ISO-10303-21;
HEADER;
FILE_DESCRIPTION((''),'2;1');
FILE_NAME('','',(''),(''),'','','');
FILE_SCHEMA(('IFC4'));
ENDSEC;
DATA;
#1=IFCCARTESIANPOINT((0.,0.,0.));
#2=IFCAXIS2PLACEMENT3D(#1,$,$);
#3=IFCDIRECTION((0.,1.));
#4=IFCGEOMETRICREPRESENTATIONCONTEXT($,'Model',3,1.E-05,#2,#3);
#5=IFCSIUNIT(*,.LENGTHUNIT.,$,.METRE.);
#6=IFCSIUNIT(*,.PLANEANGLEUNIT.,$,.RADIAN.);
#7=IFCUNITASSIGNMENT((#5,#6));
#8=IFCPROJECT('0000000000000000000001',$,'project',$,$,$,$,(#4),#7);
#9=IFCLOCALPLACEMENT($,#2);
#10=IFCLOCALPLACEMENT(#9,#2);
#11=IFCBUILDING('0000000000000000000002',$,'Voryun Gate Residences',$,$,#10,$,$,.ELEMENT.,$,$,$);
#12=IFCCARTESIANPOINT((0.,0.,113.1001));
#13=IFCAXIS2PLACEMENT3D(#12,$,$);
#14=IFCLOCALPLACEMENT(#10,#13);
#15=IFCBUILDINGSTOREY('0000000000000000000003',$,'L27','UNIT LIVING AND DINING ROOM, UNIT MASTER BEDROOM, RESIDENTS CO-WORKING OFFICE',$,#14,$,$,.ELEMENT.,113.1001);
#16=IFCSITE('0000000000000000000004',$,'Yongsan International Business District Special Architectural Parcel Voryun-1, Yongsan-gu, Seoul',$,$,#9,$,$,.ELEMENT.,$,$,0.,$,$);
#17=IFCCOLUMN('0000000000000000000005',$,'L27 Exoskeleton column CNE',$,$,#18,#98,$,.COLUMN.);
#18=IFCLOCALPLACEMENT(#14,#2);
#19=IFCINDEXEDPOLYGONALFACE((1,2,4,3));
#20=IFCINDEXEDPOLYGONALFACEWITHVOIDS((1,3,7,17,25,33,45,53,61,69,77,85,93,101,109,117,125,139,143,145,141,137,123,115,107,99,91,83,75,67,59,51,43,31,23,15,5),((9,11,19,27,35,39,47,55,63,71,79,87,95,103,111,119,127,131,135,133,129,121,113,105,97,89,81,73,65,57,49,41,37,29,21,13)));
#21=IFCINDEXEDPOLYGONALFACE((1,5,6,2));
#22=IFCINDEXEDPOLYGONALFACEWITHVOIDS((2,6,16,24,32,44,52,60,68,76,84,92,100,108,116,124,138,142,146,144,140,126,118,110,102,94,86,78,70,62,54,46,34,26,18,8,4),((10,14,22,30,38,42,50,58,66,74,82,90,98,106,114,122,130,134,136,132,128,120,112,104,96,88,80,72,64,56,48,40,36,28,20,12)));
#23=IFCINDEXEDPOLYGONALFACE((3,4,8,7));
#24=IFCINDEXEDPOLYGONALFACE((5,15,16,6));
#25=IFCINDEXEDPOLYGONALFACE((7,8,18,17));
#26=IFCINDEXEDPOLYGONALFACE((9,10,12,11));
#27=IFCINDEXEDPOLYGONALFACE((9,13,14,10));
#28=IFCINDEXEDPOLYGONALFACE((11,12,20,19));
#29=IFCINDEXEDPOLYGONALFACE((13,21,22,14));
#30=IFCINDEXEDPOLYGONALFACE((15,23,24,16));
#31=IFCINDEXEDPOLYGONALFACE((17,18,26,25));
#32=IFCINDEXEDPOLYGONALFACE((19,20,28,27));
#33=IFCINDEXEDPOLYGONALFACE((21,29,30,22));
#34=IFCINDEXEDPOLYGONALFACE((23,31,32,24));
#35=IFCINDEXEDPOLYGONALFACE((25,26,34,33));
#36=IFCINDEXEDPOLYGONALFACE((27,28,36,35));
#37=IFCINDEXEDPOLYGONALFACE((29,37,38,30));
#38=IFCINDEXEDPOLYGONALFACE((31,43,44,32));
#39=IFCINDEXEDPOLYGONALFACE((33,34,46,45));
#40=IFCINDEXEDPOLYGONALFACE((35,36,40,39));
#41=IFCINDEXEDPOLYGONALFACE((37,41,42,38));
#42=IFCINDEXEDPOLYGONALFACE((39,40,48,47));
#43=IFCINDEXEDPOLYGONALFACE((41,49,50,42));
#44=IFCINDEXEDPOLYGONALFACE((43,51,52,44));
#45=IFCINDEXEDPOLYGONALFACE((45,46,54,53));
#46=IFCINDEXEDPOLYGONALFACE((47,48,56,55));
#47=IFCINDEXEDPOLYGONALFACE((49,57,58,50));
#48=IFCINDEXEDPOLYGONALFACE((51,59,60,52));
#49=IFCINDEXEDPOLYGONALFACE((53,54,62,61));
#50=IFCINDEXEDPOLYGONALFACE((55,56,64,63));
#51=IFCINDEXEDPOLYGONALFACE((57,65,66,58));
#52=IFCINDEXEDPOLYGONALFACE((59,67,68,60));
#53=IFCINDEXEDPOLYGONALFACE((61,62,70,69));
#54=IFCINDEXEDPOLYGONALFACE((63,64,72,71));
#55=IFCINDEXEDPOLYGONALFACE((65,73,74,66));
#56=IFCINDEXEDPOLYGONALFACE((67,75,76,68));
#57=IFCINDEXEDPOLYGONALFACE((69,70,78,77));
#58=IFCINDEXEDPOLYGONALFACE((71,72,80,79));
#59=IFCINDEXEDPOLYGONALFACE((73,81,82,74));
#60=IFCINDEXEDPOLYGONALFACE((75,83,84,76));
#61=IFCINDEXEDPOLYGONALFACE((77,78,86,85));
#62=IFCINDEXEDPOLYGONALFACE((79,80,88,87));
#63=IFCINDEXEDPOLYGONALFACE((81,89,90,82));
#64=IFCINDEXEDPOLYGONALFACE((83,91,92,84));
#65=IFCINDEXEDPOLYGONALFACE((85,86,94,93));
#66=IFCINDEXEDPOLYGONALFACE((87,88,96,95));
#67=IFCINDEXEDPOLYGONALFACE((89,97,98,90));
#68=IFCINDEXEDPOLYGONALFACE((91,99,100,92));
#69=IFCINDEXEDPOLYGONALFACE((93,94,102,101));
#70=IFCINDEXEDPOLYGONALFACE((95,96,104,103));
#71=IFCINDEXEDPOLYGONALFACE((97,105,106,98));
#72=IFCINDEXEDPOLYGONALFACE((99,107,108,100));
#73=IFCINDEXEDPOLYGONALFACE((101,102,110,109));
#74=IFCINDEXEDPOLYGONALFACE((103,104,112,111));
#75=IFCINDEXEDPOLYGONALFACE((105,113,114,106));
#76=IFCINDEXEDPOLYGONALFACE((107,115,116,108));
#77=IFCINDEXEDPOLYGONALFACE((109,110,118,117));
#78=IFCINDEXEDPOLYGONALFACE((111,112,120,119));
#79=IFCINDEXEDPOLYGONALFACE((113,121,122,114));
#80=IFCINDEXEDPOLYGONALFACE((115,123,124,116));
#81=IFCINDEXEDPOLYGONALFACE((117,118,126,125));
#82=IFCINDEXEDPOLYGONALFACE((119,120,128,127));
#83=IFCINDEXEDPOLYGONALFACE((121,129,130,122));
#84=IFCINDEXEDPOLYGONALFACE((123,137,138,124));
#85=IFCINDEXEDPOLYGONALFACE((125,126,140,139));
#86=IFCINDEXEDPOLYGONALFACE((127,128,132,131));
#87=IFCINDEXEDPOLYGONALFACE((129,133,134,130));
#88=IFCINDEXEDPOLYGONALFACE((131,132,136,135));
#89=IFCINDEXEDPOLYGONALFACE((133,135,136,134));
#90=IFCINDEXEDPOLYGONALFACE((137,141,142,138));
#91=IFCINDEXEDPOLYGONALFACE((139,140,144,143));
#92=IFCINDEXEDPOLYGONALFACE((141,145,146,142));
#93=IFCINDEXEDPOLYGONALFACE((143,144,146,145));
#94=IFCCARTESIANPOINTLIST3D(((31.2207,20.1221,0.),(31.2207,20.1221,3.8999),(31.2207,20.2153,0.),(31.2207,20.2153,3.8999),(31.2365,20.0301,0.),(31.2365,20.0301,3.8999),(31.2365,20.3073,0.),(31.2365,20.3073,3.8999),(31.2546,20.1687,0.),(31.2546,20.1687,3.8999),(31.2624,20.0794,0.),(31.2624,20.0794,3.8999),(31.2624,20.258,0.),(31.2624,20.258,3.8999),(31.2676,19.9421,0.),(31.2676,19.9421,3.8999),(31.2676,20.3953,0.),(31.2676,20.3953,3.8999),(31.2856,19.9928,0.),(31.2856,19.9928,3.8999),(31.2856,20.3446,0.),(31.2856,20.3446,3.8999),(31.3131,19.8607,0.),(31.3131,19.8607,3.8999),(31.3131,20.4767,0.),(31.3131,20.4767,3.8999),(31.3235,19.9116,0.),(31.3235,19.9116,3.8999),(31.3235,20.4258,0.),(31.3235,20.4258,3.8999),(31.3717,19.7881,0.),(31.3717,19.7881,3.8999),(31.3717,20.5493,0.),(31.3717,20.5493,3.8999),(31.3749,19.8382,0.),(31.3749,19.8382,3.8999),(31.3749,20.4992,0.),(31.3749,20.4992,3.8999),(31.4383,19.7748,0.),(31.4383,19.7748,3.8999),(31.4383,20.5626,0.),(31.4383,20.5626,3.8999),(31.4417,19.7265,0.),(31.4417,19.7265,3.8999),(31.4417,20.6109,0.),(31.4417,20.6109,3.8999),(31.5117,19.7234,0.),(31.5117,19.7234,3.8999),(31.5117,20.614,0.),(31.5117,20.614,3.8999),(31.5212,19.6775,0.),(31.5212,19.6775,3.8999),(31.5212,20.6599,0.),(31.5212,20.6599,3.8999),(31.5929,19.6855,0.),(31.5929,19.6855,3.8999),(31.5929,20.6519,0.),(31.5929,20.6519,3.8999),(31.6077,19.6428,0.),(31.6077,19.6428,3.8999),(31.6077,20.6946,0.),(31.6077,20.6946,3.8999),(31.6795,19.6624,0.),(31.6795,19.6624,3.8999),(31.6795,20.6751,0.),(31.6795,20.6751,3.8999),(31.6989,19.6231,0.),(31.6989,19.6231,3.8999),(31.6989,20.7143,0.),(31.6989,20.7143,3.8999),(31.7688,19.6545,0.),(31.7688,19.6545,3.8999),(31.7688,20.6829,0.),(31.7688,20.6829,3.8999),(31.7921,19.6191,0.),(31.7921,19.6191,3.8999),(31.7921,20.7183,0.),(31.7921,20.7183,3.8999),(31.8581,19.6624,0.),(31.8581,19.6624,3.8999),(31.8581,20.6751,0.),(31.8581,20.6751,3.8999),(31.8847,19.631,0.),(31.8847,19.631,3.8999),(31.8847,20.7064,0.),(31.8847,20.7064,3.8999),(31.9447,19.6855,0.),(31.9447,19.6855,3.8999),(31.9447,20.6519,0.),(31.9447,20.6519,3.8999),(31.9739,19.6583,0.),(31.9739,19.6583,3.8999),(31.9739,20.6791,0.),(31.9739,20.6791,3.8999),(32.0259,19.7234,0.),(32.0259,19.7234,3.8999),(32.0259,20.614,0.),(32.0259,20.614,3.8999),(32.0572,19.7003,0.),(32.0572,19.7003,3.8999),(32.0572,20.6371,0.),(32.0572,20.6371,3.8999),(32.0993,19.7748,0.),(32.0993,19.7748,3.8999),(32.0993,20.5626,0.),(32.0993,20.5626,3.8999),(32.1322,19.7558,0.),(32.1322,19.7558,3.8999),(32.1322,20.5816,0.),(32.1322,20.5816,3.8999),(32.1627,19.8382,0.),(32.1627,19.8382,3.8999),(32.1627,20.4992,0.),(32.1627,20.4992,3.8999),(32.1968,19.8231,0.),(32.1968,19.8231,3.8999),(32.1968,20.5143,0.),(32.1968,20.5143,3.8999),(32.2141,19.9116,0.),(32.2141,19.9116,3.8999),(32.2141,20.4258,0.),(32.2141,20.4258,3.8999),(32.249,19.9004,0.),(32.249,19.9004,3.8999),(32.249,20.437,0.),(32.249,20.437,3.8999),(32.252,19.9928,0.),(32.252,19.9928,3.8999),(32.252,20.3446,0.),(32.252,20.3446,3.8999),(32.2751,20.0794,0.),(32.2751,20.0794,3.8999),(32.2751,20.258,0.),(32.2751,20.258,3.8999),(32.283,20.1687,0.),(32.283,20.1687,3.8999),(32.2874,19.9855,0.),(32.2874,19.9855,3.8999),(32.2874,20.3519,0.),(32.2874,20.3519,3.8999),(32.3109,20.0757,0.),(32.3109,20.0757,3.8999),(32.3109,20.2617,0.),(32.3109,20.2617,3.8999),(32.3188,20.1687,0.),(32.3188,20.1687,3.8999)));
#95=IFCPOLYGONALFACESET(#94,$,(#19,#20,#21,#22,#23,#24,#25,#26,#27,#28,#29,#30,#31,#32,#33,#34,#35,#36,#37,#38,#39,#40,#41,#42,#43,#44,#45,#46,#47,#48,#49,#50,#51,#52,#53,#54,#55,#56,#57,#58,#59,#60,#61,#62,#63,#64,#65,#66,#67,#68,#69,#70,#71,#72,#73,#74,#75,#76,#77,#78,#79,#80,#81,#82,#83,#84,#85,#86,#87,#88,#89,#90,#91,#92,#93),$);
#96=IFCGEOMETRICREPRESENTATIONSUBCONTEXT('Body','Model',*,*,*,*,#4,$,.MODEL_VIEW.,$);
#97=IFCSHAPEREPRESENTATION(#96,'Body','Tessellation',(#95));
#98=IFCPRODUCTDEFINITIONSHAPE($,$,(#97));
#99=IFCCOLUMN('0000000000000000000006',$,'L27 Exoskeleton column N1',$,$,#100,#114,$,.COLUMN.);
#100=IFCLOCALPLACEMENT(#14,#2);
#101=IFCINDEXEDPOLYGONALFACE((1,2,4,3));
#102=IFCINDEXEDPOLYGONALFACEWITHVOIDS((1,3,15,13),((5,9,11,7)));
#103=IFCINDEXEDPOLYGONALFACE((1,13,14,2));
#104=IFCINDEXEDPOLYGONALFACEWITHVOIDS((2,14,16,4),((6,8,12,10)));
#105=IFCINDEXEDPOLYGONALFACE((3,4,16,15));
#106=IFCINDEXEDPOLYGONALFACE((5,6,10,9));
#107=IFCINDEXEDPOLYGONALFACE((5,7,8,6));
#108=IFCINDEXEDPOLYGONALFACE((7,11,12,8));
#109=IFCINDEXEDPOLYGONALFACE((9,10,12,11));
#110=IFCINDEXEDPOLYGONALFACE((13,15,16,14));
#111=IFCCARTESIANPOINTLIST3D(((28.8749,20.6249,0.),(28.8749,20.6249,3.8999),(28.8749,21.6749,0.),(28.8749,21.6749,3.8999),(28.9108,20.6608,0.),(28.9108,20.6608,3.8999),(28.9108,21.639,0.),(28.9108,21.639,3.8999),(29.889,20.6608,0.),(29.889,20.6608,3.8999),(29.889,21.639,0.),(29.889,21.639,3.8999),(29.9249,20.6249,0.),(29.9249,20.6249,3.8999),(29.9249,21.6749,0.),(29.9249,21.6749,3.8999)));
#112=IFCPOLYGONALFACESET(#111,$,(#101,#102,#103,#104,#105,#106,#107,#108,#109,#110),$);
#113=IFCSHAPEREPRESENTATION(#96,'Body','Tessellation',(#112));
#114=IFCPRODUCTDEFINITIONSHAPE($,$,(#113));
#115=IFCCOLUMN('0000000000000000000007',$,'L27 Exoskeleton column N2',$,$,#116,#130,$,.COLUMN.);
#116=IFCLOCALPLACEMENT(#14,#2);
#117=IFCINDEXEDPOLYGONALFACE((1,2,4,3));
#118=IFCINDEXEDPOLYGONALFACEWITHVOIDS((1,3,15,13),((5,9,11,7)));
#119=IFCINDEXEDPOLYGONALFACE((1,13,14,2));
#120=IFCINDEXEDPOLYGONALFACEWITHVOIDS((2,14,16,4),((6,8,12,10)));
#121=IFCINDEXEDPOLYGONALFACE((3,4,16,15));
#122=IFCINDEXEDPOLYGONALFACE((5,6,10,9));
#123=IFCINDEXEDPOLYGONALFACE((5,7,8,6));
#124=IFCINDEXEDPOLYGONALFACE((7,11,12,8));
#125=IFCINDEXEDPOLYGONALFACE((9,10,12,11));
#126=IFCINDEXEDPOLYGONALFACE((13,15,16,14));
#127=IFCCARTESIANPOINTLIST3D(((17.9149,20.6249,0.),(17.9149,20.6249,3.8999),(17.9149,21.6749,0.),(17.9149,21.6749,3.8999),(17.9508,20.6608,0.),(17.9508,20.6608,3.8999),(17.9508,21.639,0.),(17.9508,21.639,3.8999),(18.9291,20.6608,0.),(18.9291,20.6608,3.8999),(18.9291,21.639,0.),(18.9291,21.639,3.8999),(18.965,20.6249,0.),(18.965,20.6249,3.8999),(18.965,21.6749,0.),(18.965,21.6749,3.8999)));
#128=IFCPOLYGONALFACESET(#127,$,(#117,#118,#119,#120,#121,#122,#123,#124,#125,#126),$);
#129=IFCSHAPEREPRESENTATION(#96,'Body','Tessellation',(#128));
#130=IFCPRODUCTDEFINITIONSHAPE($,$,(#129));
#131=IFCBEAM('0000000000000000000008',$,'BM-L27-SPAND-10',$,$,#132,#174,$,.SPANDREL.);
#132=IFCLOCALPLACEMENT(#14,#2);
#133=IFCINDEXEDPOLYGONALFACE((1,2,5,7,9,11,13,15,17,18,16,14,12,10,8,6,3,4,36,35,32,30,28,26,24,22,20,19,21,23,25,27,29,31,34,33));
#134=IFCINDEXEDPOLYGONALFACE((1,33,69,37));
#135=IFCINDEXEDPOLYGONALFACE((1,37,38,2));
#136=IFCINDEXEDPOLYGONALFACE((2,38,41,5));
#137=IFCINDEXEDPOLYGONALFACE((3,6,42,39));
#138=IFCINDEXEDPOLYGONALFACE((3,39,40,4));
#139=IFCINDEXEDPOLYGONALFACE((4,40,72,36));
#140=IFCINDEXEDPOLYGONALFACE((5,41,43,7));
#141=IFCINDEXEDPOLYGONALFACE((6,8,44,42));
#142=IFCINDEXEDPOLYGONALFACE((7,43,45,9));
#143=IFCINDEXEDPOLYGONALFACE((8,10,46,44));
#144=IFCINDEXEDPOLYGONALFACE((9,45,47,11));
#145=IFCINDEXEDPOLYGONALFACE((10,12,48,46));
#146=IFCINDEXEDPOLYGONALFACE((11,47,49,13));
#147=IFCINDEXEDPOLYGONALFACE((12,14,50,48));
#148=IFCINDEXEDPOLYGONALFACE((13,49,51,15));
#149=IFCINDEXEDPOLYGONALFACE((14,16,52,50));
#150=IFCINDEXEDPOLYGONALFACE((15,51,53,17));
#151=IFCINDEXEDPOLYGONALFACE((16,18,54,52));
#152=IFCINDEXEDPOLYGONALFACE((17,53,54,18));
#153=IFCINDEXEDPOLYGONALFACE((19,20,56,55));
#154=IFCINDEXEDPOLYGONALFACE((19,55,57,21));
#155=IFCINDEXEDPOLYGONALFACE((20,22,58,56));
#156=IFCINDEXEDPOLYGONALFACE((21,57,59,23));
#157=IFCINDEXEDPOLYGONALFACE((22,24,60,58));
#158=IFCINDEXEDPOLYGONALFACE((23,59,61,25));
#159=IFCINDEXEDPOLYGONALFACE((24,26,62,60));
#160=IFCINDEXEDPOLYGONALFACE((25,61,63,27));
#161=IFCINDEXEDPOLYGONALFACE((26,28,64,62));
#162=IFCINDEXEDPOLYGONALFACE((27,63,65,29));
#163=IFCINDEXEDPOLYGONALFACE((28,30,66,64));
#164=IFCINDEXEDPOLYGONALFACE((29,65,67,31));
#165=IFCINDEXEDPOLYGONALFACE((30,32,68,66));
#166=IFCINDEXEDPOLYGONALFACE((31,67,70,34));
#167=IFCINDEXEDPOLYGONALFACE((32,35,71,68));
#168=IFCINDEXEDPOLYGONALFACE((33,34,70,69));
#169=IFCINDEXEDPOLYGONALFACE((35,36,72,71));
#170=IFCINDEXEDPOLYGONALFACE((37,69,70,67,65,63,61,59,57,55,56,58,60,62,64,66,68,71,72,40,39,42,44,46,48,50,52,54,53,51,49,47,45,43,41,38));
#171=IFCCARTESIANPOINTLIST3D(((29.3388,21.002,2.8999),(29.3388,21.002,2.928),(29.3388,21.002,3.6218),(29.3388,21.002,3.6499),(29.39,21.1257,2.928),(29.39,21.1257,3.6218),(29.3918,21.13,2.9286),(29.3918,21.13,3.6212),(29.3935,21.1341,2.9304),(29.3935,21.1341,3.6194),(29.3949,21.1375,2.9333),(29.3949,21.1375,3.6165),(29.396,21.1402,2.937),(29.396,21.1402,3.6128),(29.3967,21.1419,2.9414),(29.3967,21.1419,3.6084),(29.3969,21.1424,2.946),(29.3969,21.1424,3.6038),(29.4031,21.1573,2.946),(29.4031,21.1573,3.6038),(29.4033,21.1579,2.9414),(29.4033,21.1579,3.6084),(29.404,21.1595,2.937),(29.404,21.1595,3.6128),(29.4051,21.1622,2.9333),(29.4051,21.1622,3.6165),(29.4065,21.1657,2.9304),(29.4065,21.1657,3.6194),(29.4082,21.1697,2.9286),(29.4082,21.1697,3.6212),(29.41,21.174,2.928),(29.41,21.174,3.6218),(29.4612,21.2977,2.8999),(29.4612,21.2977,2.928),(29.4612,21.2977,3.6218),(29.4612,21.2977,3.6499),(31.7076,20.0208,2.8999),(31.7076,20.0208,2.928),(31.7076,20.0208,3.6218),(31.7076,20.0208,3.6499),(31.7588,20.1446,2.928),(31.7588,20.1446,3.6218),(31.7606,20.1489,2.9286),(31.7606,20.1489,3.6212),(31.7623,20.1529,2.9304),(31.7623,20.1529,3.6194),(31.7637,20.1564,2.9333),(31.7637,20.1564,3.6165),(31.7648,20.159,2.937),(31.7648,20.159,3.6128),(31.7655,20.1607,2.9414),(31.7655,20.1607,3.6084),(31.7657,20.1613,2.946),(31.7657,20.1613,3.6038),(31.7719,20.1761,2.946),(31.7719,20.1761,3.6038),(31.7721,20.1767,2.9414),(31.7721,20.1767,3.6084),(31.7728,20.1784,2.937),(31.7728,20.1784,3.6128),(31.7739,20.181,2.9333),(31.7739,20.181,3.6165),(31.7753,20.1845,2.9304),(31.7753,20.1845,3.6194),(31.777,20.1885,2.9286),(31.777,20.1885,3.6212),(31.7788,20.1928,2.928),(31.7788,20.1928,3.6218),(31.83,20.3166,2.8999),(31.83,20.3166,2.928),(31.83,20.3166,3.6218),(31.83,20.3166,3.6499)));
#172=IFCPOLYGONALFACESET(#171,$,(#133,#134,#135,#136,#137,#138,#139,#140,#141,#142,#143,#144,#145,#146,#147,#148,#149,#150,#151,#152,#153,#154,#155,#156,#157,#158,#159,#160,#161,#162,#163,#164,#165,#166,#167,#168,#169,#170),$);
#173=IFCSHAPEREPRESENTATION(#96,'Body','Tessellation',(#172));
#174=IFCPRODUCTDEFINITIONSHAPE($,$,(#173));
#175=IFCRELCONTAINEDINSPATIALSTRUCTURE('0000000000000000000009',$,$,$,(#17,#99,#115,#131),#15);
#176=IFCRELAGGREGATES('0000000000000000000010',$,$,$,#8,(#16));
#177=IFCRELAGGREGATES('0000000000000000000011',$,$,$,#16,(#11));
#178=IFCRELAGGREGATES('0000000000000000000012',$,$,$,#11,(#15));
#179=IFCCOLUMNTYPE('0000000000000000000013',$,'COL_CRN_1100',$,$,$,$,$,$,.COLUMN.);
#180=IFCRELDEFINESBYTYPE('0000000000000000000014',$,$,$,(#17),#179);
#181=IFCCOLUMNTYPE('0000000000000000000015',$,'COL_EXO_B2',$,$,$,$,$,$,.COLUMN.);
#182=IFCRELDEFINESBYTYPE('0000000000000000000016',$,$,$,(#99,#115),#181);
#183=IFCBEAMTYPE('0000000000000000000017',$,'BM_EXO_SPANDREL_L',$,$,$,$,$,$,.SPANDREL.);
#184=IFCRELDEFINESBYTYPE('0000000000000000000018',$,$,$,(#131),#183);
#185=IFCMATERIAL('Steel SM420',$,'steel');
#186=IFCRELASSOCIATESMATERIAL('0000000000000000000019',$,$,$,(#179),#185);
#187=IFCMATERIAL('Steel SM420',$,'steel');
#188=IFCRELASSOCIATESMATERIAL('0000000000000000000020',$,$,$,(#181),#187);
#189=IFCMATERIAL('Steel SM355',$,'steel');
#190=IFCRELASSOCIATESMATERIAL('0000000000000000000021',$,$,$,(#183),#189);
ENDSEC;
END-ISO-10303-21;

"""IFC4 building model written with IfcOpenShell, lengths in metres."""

from ifc_helpers import new_model, si_unit, direction, frame, origin, origin_2d, place, context, subcontext, project, spatial, hollow_rectangle, hollow_circle, i_section, extrude, material, material_profile, profile_set, type_object, element, save


model = new_model("IFC4")

# Units and contexts
model_context = context("Model", 3, precision=1e-05, world=origin(), true_north=direction((0.0, 1.0)))
body_context = subcontext(model_context, "Body", "Model", "MODEL_VIEW")
ifc_project = project(units=[si_unit("LENGTHUNIT", "METRE"), si_unit("PLANEANGLEUNIT", "RADIAN")], contexts=[model_context])

# Site, building, storey
site_placement = place(None, origin())
site = spatial("IfcSite", under=ifc_project, at=site_placement, Name="Yongsan International Business District Special Architectural Parcel Voryun-1, Yongsan-gu, Seoul", CompositionType="ELEMENT", RefElevation=0.0)
building_placement = place(site_placement, origin())
building = spatial("IfcBuilding", under=site, at=building_placement, Name="Voryun Gate Residences", CompositionType="ELEMENT")
storey_placement = place(building_placement, frame((0.0, 0.0, 113.1001)))
storey = spatial("IfcBuildingStorey", under=building, at=storey_placement, Name="L27", Description="UNIT LIVING AND DINING ROOM, UNIT MASTER BEDROOM, RESIDENTS CO-WORKING OFFICE", CompositionType="ELEMENT", Elevation=113.1001)

# Columns
ifc_material_1 = material(Name="Steel SM420", Category="steel")
ifc_material_profile_1 = material_profile(ifc_material_1, hollow_circle(Radius=0.55, WallThickness=0.0359, at=origin_2d()), Name="CHS-1100x36")
ifc_profile_set_1 = profile_set([ifc_material_profile_1], Name="Steel SM420")
column_type_1 = type_object("IfcColumnType", Name="COL_CRN_1100", PredefinedType="COLUMN", material=ifc_profile_set_1)
column_placement = place(storey_placement, frame((31.7688, 20.1687, 0.0), z_axis=(0.0, 0.0, 1.0), x_axis=(1.0, 0.0, 0.0)))
element("IfcColumn", 1, at=column_placement, inside=storey, type_object=column_type_1, Name="L27 Exoskeleton column CNE", PredefinedType="COLUMN", context=body_context, shape_type="SweptSolid", body=[
    extrude(hollow_circle(Radius=0.55, WallThickness=0.0359, at=origin_2d()), origin(), (0.0, 0.0, 1.0), 3.8999),
])
ifc_material_2 = material(Name="Steel SM420", Category="steel")
ifc_material_profile_2 = material_profile(ifc_material_2, hollow_rectangle(XDim=1.05, YDim=1.05, WallThickness=0.0359, at=origin_2d()), Name="BOX-1050x1050x36")
ifc_profile_set_2 = profile_set([ifc_material_profile_2], Name="Steel SM420")
column_type_2 = type_object("IfcColumnType", Name="COL_EXO_B2", PredefinedType="COLUMN", material=ifc_profile_set_2)
for number, where, z_axis, x_axis, name in (
    (2, (29.3999, 21.1499, 0.0), (0.0, 0.0, 1.0), (1.0, 0.0, 0.0), "L27 Exoskeleton column N1"),
    (3, (18.4399, 21.1499, 0.0), (0.0, 0.0, 1.0), (1.0, 0.0, 0.0), "L27 Exoskeleton column N2"),
):
    element("IfcColumn", number, at=place(storey_placement, frame(where, z_axis=z_axis, x_axis=x_axis)), inside=storey, type_object=column_type_2, Name=name, PredefinedType="COLUMN", context=body_context, shape_type="SweptSolid", body=[
        extrude(hollow_rectangle(XDim=1.05, YDim=1.05, WallThickness=0.0359, at=origin_2d()), origin(), (0.0, 0.0, 1.0), 3.8999),
    ])

# Beam
ifc_material_3 = material(Name="Steel SM355", Category="steel")
ifc_material_profile_3 = material_profile(ifc_material_3, i_section(OverallWidth=0.3201, OverallDepth=0.75, WebThickness=0.0161, FlangeThickness=0.0281, FilletRadius=0.0181, at=origin_2d()), Name="H-750x320x16x28")
ifc_profile_set_3 = profile_set([ifc_material_profile_3], Name="Steel SM355")
beam_type = type_object("IfcBeamType", Name="BM_EXO_SPANDREL_L", PredefinedType="SPANDREL", material=ifc_profile_set_3)
beam_placement = place(storey_placement, frame((31.7688, 20.1687, 3.2749), z_axis=(-0.923883, 0.382674, 0.0), x_axis=(-0.382674, -0.923883, 0.0)))
element("IfcBeam", 4, at=beam_placement, inside=storey, type_object=beam_type, Name="BM-L27-SPAND-10", PredefinedType="SPANDREL", context=body_context, shape_type="SweptSolid", body=[
    extrude(i_section(OverallWidth=0.3201, OverallDepth=0.75, WebThickness=0.0161, FlangeThickness=0.0281, FilletRadius=0.0181, at=origin_2d()), origin(), (0.0, 0.0, 1.0), 2.564),
])

save(model, "model.ifc")
